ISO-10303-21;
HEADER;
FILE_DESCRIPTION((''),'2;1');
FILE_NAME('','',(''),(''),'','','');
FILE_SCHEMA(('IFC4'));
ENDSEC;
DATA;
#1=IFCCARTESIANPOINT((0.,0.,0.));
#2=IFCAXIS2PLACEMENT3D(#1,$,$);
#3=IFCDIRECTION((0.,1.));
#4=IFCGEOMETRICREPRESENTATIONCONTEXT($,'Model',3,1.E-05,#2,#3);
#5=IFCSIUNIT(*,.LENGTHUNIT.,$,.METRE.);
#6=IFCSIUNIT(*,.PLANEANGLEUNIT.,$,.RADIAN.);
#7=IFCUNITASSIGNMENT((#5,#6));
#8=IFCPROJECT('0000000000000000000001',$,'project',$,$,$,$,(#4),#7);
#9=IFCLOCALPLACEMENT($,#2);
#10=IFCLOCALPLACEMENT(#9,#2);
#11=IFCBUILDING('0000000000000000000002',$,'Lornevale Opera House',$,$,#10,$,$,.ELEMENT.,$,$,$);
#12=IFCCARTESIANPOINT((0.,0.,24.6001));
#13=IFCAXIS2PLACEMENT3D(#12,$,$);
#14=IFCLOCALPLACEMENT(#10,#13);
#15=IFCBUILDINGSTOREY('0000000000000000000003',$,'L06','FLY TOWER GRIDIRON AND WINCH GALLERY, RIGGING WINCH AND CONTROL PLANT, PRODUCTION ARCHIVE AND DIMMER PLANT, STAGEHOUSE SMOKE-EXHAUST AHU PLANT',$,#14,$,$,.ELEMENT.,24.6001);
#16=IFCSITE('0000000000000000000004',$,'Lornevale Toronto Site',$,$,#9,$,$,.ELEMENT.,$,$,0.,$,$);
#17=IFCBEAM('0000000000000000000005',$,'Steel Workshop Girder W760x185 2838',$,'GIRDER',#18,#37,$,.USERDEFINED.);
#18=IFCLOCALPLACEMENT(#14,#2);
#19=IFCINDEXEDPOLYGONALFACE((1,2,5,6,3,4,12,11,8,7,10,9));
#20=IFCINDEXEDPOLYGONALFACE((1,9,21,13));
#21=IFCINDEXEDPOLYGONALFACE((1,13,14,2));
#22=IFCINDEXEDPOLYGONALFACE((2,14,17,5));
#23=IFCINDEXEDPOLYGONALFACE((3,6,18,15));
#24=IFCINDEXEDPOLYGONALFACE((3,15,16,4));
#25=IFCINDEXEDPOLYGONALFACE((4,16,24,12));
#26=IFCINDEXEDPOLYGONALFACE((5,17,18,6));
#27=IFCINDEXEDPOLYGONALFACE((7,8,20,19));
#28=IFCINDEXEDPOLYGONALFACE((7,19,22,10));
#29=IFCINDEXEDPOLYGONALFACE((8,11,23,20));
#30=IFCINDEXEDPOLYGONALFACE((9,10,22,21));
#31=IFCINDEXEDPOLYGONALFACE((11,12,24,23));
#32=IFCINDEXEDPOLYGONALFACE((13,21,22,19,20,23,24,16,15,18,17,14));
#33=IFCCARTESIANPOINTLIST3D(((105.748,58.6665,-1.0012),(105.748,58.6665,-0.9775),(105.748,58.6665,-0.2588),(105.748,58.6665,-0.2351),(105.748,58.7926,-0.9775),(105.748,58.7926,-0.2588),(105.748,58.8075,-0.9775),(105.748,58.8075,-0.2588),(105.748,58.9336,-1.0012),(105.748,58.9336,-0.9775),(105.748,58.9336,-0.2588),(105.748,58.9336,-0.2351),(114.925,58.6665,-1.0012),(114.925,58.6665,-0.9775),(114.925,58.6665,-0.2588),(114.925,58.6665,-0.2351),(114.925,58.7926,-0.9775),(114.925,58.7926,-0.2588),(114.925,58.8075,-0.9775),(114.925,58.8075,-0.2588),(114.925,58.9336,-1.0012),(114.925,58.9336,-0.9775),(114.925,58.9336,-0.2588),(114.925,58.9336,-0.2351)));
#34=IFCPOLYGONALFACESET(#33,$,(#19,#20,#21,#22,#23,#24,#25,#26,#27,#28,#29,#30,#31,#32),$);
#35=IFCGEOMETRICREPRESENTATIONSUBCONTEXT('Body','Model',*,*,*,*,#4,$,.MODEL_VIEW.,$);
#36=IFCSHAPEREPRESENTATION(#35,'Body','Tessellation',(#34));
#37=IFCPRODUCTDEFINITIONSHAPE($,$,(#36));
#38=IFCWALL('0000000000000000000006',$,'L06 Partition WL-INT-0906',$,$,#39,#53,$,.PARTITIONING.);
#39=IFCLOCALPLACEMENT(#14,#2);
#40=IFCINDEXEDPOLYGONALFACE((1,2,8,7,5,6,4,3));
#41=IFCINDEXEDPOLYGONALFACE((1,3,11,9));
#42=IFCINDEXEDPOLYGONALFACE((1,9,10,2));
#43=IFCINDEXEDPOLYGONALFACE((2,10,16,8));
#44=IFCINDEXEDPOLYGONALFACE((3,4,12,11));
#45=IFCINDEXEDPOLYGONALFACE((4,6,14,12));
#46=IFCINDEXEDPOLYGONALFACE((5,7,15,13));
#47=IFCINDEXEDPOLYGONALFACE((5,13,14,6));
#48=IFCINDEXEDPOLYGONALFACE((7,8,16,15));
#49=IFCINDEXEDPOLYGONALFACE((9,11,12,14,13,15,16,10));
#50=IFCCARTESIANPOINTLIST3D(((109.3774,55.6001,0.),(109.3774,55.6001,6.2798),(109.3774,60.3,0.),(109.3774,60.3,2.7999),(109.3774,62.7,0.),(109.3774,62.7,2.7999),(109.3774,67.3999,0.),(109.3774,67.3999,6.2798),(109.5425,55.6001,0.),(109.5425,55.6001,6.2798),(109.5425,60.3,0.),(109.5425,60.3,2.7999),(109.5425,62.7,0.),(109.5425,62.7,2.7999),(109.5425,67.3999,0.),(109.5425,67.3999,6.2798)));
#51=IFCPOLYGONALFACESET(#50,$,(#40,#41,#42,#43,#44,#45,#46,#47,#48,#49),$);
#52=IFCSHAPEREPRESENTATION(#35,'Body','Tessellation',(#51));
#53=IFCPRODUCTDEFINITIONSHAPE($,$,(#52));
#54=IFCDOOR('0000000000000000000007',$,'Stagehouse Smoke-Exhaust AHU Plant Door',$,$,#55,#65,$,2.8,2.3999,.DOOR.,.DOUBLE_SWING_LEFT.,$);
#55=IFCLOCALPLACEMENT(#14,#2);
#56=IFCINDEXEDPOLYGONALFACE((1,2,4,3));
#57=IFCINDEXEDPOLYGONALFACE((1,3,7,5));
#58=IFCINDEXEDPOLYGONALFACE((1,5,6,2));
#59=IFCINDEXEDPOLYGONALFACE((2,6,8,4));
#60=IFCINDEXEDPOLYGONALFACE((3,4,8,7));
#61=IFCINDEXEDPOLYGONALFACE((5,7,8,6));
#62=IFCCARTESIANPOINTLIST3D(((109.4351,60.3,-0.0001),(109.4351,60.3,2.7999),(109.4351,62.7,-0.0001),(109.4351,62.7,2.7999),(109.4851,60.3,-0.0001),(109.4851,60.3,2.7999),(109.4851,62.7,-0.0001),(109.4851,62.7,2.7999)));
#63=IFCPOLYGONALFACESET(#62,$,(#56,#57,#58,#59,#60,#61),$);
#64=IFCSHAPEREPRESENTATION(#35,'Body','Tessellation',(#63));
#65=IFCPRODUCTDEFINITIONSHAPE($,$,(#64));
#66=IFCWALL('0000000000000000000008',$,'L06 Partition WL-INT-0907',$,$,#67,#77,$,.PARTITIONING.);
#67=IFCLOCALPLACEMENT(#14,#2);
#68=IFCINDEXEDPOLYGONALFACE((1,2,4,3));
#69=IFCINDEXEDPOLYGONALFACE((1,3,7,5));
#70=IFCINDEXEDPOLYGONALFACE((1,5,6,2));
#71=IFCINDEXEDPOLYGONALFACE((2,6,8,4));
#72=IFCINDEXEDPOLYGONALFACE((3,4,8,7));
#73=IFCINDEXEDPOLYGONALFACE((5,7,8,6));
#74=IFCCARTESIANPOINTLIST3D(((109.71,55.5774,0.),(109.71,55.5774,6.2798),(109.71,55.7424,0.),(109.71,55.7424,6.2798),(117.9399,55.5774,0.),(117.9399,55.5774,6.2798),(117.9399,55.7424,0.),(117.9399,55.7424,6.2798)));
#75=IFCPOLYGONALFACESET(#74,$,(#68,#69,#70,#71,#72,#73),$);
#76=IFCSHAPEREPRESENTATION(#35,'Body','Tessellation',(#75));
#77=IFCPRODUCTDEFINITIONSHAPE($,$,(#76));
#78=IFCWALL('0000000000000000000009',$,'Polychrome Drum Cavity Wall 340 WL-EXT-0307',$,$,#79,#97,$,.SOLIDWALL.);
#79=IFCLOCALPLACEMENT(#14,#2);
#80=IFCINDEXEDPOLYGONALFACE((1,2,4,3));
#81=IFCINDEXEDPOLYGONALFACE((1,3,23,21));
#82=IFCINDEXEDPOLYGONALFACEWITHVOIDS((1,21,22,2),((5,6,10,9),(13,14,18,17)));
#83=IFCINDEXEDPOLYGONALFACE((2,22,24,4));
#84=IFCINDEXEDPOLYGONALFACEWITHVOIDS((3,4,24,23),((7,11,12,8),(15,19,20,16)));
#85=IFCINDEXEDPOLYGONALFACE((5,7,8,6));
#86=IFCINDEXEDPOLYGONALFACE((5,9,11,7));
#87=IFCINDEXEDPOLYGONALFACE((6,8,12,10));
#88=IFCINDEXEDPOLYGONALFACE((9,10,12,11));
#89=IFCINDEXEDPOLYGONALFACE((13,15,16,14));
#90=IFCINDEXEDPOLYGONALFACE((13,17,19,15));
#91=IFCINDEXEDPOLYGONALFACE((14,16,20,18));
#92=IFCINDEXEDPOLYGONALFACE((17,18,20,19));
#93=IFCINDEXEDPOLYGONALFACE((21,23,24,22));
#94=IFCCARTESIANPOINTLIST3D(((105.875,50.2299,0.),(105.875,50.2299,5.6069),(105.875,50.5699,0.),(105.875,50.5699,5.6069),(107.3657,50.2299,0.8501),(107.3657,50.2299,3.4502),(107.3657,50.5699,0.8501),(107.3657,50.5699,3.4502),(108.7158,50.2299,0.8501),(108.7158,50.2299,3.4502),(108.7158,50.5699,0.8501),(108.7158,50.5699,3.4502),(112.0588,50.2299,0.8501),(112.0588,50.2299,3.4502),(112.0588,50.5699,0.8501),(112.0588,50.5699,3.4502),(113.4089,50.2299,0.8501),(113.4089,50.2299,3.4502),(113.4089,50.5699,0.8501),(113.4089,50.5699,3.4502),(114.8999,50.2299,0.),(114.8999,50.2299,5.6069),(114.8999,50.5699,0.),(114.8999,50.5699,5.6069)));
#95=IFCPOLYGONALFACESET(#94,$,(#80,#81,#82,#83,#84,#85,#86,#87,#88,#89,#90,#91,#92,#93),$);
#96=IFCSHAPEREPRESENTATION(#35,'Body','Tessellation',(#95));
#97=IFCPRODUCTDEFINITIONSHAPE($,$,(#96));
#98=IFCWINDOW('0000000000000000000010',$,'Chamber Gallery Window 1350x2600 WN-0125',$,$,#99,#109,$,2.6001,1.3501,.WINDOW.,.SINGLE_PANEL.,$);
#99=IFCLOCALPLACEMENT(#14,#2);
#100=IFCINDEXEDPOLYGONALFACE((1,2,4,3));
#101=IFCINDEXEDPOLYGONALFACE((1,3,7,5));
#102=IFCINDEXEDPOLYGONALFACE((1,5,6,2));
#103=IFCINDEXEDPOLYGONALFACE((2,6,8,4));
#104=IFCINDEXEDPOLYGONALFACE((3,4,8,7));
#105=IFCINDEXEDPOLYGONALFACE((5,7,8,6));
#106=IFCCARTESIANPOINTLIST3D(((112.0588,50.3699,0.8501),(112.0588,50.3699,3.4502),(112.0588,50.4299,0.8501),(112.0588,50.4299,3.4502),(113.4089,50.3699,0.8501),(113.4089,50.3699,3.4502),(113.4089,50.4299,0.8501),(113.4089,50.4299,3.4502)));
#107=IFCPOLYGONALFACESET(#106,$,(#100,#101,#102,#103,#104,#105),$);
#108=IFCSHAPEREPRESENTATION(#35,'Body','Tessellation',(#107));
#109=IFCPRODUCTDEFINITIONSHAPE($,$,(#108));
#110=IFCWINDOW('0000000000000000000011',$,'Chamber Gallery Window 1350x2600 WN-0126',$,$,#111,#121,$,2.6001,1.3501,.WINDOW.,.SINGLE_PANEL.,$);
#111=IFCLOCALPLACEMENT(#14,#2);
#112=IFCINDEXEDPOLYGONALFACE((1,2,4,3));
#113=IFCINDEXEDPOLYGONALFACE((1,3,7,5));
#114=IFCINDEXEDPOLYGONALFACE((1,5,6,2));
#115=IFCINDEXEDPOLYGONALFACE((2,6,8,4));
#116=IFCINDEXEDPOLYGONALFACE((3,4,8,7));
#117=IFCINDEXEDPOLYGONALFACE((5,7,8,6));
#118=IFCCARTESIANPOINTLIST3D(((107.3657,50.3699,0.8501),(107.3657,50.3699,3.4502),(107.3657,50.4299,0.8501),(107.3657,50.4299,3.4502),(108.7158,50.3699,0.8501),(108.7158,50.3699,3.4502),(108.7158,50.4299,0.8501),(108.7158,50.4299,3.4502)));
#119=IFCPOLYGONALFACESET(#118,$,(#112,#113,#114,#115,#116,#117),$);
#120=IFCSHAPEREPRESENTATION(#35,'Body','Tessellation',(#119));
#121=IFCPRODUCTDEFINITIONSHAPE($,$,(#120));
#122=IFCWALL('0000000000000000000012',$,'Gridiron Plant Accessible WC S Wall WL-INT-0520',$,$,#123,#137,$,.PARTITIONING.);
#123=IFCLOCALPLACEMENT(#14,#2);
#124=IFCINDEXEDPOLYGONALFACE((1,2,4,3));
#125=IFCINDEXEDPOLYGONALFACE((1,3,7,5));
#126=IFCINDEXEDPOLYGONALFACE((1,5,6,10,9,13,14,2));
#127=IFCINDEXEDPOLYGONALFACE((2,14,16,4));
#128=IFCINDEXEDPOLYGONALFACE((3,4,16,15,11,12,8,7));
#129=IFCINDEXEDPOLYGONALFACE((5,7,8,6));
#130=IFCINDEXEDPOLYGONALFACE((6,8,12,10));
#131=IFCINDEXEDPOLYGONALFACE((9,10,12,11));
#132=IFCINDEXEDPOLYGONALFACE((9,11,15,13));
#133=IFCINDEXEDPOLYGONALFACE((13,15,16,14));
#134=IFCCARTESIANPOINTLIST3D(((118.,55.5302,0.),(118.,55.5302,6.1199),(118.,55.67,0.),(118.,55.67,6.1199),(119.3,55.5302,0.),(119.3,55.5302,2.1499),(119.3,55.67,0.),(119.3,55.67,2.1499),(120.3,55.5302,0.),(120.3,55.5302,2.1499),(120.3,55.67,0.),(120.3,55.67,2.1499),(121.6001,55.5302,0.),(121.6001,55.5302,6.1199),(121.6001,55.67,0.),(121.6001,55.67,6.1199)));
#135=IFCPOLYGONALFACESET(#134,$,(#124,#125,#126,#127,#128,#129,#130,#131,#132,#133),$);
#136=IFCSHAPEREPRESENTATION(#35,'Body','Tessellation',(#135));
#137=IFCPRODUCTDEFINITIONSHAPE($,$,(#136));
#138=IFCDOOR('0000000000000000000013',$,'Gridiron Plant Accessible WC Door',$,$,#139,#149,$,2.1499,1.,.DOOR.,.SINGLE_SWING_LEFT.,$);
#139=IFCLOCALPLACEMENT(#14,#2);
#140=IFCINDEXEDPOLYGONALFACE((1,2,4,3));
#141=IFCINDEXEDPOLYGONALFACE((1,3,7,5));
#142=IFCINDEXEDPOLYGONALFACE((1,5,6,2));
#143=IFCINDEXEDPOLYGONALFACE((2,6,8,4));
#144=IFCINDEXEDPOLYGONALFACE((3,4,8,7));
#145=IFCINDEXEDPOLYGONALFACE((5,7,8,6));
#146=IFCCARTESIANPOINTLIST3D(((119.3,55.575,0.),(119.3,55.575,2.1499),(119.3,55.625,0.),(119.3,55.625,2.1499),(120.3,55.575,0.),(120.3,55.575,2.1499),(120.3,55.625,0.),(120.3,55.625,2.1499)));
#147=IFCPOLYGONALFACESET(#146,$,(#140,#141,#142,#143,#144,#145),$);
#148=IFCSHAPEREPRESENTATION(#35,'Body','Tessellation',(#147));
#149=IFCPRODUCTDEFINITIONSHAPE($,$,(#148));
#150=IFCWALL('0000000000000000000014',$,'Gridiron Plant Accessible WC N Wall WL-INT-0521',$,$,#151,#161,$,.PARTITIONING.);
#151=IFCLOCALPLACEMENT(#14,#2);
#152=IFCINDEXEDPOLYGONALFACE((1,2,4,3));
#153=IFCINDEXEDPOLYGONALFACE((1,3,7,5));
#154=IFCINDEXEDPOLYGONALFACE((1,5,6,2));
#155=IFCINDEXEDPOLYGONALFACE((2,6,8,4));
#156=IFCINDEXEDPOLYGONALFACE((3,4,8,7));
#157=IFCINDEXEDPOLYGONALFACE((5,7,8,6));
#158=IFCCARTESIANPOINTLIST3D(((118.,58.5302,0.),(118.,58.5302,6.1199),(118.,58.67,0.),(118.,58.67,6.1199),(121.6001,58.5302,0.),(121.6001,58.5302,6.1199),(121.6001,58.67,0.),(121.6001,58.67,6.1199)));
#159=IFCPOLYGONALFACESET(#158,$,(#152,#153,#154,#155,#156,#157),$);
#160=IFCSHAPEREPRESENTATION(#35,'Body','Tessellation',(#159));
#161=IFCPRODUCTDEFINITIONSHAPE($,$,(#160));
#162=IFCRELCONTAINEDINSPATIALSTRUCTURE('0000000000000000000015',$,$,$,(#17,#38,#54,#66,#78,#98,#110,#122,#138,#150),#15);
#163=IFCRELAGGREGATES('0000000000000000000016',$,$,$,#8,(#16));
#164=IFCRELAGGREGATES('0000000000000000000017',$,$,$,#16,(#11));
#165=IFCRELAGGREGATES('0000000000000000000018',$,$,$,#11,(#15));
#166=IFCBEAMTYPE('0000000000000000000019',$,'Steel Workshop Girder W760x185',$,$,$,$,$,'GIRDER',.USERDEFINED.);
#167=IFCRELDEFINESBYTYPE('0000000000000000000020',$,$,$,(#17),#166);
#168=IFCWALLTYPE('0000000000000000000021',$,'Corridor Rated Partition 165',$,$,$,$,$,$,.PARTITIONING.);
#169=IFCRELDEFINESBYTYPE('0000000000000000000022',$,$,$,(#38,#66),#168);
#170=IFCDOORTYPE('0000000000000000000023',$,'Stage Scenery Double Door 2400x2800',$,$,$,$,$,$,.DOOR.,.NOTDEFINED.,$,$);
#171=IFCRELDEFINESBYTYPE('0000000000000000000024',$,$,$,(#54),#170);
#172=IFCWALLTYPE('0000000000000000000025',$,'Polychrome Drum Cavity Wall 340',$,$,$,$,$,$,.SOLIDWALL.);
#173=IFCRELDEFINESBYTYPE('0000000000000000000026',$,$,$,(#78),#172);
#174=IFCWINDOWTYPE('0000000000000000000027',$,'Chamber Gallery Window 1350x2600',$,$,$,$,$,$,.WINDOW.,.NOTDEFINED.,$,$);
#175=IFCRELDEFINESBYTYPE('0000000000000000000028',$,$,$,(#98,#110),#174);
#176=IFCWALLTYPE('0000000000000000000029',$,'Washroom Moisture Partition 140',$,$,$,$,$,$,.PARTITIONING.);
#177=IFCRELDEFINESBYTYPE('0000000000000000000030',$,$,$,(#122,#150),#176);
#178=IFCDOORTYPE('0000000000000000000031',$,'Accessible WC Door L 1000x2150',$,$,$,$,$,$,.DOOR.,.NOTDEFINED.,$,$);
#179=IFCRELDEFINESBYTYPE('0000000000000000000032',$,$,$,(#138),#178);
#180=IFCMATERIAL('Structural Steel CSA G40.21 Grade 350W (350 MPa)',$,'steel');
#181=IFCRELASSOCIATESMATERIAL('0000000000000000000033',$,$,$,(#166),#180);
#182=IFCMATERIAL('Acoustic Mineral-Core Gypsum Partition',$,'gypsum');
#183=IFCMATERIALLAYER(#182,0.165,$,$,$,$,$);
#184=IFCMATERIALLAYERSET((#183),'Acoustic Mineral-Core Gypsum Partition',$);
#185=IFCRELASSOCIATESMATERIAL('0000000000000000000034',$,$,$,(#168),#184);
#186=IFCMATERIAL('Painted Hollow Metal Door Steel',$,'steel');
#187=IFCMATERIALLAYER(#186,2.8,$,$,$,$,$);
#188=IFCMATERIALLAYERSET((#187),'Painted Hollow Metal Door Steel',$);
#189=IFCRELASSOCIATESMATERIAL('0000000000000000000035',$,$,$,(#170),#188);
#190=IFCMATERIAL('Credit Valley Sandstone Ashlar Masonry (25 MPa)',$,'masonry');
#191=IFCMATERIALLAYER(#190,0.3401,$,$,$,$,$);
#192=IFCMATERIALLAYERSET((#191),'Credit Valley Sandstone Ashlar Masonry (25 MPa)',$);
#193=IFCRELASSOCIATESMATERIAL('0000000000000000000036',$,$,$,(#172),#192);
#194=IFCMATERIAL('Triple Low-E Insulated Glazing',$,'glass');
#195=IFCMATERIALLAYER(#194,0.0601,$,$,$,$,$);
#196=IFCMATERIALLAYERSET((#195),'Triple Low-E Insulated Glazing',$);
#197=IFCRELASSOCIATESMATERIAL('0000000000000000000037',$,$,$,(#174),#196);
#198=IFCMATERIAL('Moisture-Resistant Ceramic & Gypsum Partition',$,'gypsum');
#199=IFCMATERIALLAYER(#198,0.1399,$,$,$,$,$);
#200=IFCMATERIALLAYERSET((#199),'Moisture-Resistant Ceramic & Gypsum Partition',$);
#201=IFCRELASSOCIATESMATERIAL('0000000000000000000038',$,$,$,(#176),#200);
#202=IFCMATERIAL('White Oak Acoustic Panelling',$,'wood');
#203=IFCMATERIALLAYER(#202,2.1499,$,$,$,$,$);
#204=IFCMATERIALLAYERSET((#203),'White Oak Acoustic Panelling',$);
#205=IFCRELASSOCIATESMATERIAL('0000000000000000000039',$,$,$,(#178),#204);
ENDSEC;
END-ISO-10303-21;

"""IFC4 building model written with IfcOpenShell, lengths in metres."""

from ifc_helpers import new_model, si_unit, direction, frame, frame_2d, origin, origin_2d, place, context, subcontext, project, spatial, rectangle, i_section, extrude, material, layer, layer_set, material_profile, profile_set, type_object, element, fill, save


model = new_model("IFC4")

# Units and contexts
model_context = context("Model", 3, precision=1e-05, world=origin(), true_north=direction((0.0, 1.0)))
body_context = subcontext(model_context, "Body", "Model", "MODEL_VIEW")
ifc_project = project(units=[si_unit("LENGTHUNIT", "METRE"), si_unit("PLANEANGLEUNIT", "RADIAN")], contexts=[model_context])

# Site, building, storey
site_placement = place(None, origin())
site = spatial("IfcSite", under=ifc_project, at=site_placement, Name="Lornevale Toronto Site", CompositionType="ELEMENT", RefElevation=0.0)
building_placement = place(site_placement, origin())
building = spatial("IfcBuilding", under=site, at=building_placement, Name="Lornevale Opera House", CompositionType="ELEMENT")
storey_placement = place(building_placement, frame((0.0, 0.0, 24.6001)))
storey = spatial("IfcBuildingStorey", under=building, at=storey_placement, Name="L06", Description="FLY TOWER GRIDIRON AND WINCH GALLERY, RIGGING WINCH AND CONTROL PLANT, PRODUCTION ARCHIVE AND DIMMER PLANT, STAGEHOUSE SMOKE-EXHAUST AHU PLANT", CompositionType="ELEMENT", Elevation=24.6001)

# Beam
ifc_material_1 = material(Name="Structural Steel CSA G40.21 Grade 350W (350 MPa)", Category="steel")
ifc_material_profile_1 = material_profile(ifc_material_1, i_section(OverallWidth=0.2671, OverallDepth=0.7661, WebThickness=0.0149, FlangeThickness=0.0237, at=origin_2d()), Name="W760x185")
ifc_profile_set_1 = profile_set([ifc_material_profile_1], Name="Structural Steel CSA G40.21 Grade 350W (350 MPa)")
beam_type_1 = type_object("IfcBeamType", Name="Steel Workshop Girder W760x185", ElementType="GIRDER", PredefinedType="USERDEFINED", material=ifc_profile_set_1)
beam_1_placement = place(storey_placement, frame((105.748, 58.8, -0.6182), z_axis=(1.0, 0.0, 0.0), x_axis=(0.0, 1.0, 0.0)))
element("IfcBeam", 1, at=beam_1_placement, inside=storey, type_object=beam_type_1, Name="Steel Workshop Girder W760x185 2838", ObjectType="GIRDER", PredefinedType="USERDEFINED", context=body_context, shape_type="SweptSolid", body=[
    extrude(i_section(OverallWidth=0.2671, OverallDepth=0.7661, WebThickness=0.0149, FlangeThickness=0.0237, at=origin_2d()), origin(), (0.0, 0.0, 1.0), 9.177),
])

# Wall, opening, door
ifc_material_2 = material(Name="Acoustic Mineral-Core Gypsum Partition", Category="gypsum")
ifc_layer_1 = layer(ifc_material_2, 0.165)
ifc_layer_set_1 = layer_set([ifc_layer_1], Name="Acoustic Mineral-Core Gypsum Partition")
wall_type_1 = type_object("IfcWallType", Name="Corridor Rated Partition 165", PredefinedType="PARTITIONING", material=ifc_layer_set_1)
wall_1_placement = place(storey_placement, frame((109.46, 55.6001, 0.0), z_axis=(0.0, 0.0, 1.0), x_axis=(0.0, 1.0, 0.0)))
wall_1 = element("IfcWall", 2, at=wall_1_placement, inside=storey, type_object=wall_type_1, Name="L06 Partition WL-INT-0906", PredefinedType="PARTITIONING", context=body_context, shape_type="SweptSolid", body=[
    extrude(rectangle(XDim=11.7998, YDim=0.165, at=frame_2d((5.8999, 0.0))), origin(), (0.0, 0.0, 1.0), 6.2798),
])
opening_1_placement = place(wall_1_placement, frame((4.7, 0.0, 0.0)))
opening_1 = element("IfcOpeningElement", 3, at=opening_1_placement, cuts=wall_1, PredefinedType="OPENING", context=body_context, shape_type="SweptSolid", body=[
    extrude(rectangle(XDim=2.3999, YDim=2.8, at=frame_2d((1.2, 1.3999))), frame((0.0, 0.0925, 0.0), z_axis=(0.0, -1.0, 0.0), x_axis=(1.0, 0.0, 0.0)), (0.0, 0.0, 1.0), 0.1851),
])
ifc_material_3 = material(Name="Painted Hollow Metal Door Steel", Category="steel")
ifc_layer_2 = layer(ifc_material_3, 2.8)
ifc_layer_set_2 = layer_set([ifc_layer_2], Name="Painted Hollow Metal Door Steel")
door_type_1 = type_object("IfcDoorType", Name="Stage Scenery Double Door 2400x2800", OperationType="NOTDEFINED", PredefinedType="DOOR", material=ifc_layer_set_2)
door_1_placement = place(opening_1_placement, origin())
door_1 = element("IfcDoor", 4, at=door_1_placement, inside=storey, type_object=door_type_1, Name="Stagehouse Smoke-Exhaust AHU Plant Door", OperationType="DOUBLE_SWING_LEFT", OverallHeight=2.8, OverallWidth=2.3999, PredefinedType="DOOR", context=body_context, shape_type="SweptSolid", body=[
    extrude(rectangle(XDim=2.3999, YDim=2.8, at=frame_2d((1.2, 1.3999))), frame((0.0, 0.0249, 0.0), z_axis=(0.0, -1.0, 0.0), x_axis=(1.0, 0.0, 0.0)), (0.0, 0.0, 1.0), 0.05),
])
fill(opening_1, door_1)

# Wall
wall_2_placement = place(storey_placement, frame((109.71, 55.6599, 0.0), z_axis=(0.0, 0.0, 1.0), x_axis=(1.0, 0.0, 0.0)))
element("IfcWall", 5, at=wall_2_placement, inside=storey, type_object=wall_type_1, Name="L06 Partition WL-INT-0907", PredefinedType="PARTITIONING", context=body_context, shape_type="SweptSolid", body=[
    extrude(rectangle(XDim=8.23, YDim=0.165, at=frame_2d((4.115, 0.0))), origin(), (0.0, 0.0, 1.0), 6.2798),
])

# Wall, openings, windows
ifc_material_4 = material(Name="Credit Valley Sandstone Ashlar Masonry (25 MPa)", Category="masonry")
ifc_layer_3 = layer(ifc_material_4, 0.3401)
ifc_layer_set_3 = layer_set([ifc_layer_3], Name="Credit Valley Sandstone Ashlar Masonry (25 MPa)")
wall_type_2 = type_object("IfcWallType", Name="Polychrome Drum Cavity Wall 340", PredefinedType="SOLIDWALL", material=ifc_layer_set_3)
wall_3_placement = place(storey_placement, frame((114.8999, 50.3999, 0.0), z_axis=(0.0, 0.0, 1.0), x_axis=(-1.0, 0.0, 0.0)))
wall_3 = element("IfcWall", 6, at=wall_3_placement, inside=storey, type_object=wall_type_2, Name="Polychrome Drum Cavity Wall 340 WL-EXT-0307", PredefinedType="SOLIDWALL", context=body_context, shape_type="SweptSolid", body=[
    extrude(rectangle(XDim=9.0249, YDim=0.3401, at=frame_2d((4.5125, 0.0))), origin(), (0.0, 0.0, 1.0), 5.6069),
])
opening_2_placement = place(wall_3_placement, frame((1.491, 0.0, 0.8501)))
opening_2 = element("IfcOpeningElement", 7, at=opening_2_placement, cuts=wall_3, PredefinedType="OPENING", context=body_context, shape_type="SweptSolid", body=[
    extrude(rectangle(XDim=1.3501, YDim=2.6001, at=frame_2d((0.675, 1.3))), frame((0.0, 0.1799, 0.0), z_axis=(0.0, -1.0, 0.0), x_axis=(1.0, 0.0, 0.0)), (0.0, 0.0, 1.0), 0.3601),
])
opening_3_placement = place(wall_3_placement, frame((6.1841, 0.0, 0.8501)))
opening_3 = element("IfcOpeningElement", 8, at=opening_3_placement, cuts=wall_3, PredefinedType="OPENING", context=body_context, shape_type="SweptSolid", body=[
    extrude(rectangle(XDim=1.3501, YDim=2.6001, at=frame_2d((0.675, 1.3))), frame((0.0, 0.1799, 0.0), z_axis=(0.0, -1.0, 0.0), x_axis=(1.0, 0.0, 0.0)), (0.0, 0.0, 1.0), 0.3601),
])
ifc_material_5 = material(Name="Triple Low-E Insulated Glazing", Category="glass")
ifc_layer_4 = layer(ifc_material_5, 0.0601)
ifc_layer_set_4 = layer_set([ifc_layer_4], Name="Triple Low-E Insulated Glazing")
window_type = type_object("IfcWindowType", Name="Chamber Gallery Window 1350x2600", PartitioningType="NOTDEFINED", PredefinedType="WINDOW", material=ifc_layer_set_4)
window_1_placement = place(opening_2_placement, origin())
window_1 = element("IfcWindow", 9, at=window_1_placement, inside=storey, type_object=window_type, Name="Chamber Gallery Window 1350x2600 WN-0125", OverallHeight=2.6001, OverallWidth=1.3501, PartitioningType="SINGLE_PANEL", PredefinedType="WINDOW", context=body_context, shape_type="SweptSolid", body=[
    extrude(rectangle(XDim=1.3501, YDim=2.6001, at=frame_2d((0.675, 1.3))), frame((0.0, 0.03, 0.0), z_axis=(0.0, -1.0, 0.0), x_axis=(1.0, 0.0, 0.0)), (0.0, 0.0, 1.0), 0.0601),
])
fill(opening_2, window_1)
window_2_placement = place(opening_3_placement, origin())
window_2 = element("IfcWindow", 10, at=window_2_placement, inside=storey, type_object=window_type, Name="Chamber Gallery Window 1350x2600 WN-0126", OverallHeight=2.6001, OverallWidth=1.3501, PartitioningType="SINGLE_PANEL", PredefinedType="WINDOW", context=body_context, shape_type="SweptSolid", body=[
    extrude(rectangle(XDim=1.3501, YDim=2.6001, at=frame_2d((0.675, 1.3))), frame((0.0, 0.03, 0.0), z_axis=(0.0, -1.0, 0.0), x_axis=(1.0, 0.0, 0.0)), (0.0, 0.0, 1.0), 0.0601),
])
fill(opening_3, window_2)

# Wall, opening, door
ifc_material_6 = material(Name="Moisture-Resistant Ceramic & Gypsum Partition", Category="gypsum")
ifc_layer_5 = layer(ifc_material_6, 0.1399)
ifc_layer_set_5 = layer_set([ifc_layer_5], Name="Moisture-Resistant Ceramic & Gypsum Partition")
wall_type_3 = type_object("IfcWallType", Name="Washroom Moisture Partition 140", PredefinedType="PARTITIONING", material=ifc_layer_set_5)
wall_4_placement = place(storey_placement, frame((118.0, 55.6001, 0.0), z_axis=(0.0, 0.0, 1.0), x_axis=(1.0, 0.0, 0.0)))
wall_4 = element("IfcWall", 11, at=wall_4_placement, inside=storey, type_object=wall_type_3, Name="Gridiron Plant Accessible WC S Wall WL-INT-0520", PredefinedType="PARTITIONING", context=body_context, shape_type="SweptSolid", body=[
    extrude(rectangle(XDim=3.6001, YDim=0.1399, at=frame_2d((1.8, 0.0))), origin(), (0.0, 0.0, 1.0), 6.1199),
])
opening_4_placement = place(wall_4_placement, frame((1.3, 0.0, 0.0)))
opening_4 = element("IfcOpeningElement", 12, at=opening_4_placement, cuts=wall_4, PredefinedType="OPENING", context=body_context, shape_type="SweptSolid", body=[
    extrude(rectangle(XDim=1.0, YDim=2.1499, at=frame_2d((0.5, 1.075))), frame((0.0, 0.0798, 0.0), z_axis=(0.0, -1.0, 0.0), x_axis=(1.0, 0.0, 0.0)), (0.0, 0.0, 1.0), 0.1599),
])
ifc_material_7 = material(Name="White Oak Acoustic Panelling", Category="wood")
ifc_layer_6 = layer(ifc_material_7, 2.1499)
ifc_layer_set_6 = layer_set([ifc_layer_6], Name="White Oak Acoustic Panelling")
door_type_2 = type_object("IfcDoorType", Name="Accessible WC Door L 1000x2150", OperationType="NOTDEFINED", PredefinedType="DOOR", material=ifc_layer_set_6)
door_2_placement = place(opening_4_placement, origin())
door_2 = element("IfcDoor", 13, at=door_2_placement, inside=storey, type_object=door_type_2, Name="Gridiron Plant Accessible WC Door", OperationType="SINGLE_SWING_LEFT", OverallHeight=2.1499, OverallWidth=1.0, PredefinedType="DOOR", context=body_context, shape_type="SweptSolid", body=[
    extrude(rectangle(XDim=1.0, YDim=2.1499, at=frame_2d((0.5, 1.075))), frame((0.0, 0.0249, 0.0), z_axis=(0.0, -1.0, 0.0), x_axis=(1.0, 0.0, 0.0)), (0.0, 0.0, 1.0), 0.05),
])
fill(opening_4, door_2)

# Wall
wall_5_placement = place(storey_placement, frame((118.0, 58.6001, 0.0), z_axis=(0.0, 0.0, 1.0), x_axis=(1.0, 0.0, 0.0)))
element("IfcWall", 14, at=wall_5_placement, inside=storey, type_object=wall_type_3, Name="Gridiron Plant Accessible WC N Wall WL-INT-0521", PredefinedType="PARTITIONING", context=body_context, shape_type="SweptSolid", body=[
    extrude(rectangle(XDim=3.6001, YDim=0.1399, at=frame_2d((1.8, 0.0))), origin(), (0.0, 0.0, 1.0), 6.1199),
])

save(model, "model.ifc")
